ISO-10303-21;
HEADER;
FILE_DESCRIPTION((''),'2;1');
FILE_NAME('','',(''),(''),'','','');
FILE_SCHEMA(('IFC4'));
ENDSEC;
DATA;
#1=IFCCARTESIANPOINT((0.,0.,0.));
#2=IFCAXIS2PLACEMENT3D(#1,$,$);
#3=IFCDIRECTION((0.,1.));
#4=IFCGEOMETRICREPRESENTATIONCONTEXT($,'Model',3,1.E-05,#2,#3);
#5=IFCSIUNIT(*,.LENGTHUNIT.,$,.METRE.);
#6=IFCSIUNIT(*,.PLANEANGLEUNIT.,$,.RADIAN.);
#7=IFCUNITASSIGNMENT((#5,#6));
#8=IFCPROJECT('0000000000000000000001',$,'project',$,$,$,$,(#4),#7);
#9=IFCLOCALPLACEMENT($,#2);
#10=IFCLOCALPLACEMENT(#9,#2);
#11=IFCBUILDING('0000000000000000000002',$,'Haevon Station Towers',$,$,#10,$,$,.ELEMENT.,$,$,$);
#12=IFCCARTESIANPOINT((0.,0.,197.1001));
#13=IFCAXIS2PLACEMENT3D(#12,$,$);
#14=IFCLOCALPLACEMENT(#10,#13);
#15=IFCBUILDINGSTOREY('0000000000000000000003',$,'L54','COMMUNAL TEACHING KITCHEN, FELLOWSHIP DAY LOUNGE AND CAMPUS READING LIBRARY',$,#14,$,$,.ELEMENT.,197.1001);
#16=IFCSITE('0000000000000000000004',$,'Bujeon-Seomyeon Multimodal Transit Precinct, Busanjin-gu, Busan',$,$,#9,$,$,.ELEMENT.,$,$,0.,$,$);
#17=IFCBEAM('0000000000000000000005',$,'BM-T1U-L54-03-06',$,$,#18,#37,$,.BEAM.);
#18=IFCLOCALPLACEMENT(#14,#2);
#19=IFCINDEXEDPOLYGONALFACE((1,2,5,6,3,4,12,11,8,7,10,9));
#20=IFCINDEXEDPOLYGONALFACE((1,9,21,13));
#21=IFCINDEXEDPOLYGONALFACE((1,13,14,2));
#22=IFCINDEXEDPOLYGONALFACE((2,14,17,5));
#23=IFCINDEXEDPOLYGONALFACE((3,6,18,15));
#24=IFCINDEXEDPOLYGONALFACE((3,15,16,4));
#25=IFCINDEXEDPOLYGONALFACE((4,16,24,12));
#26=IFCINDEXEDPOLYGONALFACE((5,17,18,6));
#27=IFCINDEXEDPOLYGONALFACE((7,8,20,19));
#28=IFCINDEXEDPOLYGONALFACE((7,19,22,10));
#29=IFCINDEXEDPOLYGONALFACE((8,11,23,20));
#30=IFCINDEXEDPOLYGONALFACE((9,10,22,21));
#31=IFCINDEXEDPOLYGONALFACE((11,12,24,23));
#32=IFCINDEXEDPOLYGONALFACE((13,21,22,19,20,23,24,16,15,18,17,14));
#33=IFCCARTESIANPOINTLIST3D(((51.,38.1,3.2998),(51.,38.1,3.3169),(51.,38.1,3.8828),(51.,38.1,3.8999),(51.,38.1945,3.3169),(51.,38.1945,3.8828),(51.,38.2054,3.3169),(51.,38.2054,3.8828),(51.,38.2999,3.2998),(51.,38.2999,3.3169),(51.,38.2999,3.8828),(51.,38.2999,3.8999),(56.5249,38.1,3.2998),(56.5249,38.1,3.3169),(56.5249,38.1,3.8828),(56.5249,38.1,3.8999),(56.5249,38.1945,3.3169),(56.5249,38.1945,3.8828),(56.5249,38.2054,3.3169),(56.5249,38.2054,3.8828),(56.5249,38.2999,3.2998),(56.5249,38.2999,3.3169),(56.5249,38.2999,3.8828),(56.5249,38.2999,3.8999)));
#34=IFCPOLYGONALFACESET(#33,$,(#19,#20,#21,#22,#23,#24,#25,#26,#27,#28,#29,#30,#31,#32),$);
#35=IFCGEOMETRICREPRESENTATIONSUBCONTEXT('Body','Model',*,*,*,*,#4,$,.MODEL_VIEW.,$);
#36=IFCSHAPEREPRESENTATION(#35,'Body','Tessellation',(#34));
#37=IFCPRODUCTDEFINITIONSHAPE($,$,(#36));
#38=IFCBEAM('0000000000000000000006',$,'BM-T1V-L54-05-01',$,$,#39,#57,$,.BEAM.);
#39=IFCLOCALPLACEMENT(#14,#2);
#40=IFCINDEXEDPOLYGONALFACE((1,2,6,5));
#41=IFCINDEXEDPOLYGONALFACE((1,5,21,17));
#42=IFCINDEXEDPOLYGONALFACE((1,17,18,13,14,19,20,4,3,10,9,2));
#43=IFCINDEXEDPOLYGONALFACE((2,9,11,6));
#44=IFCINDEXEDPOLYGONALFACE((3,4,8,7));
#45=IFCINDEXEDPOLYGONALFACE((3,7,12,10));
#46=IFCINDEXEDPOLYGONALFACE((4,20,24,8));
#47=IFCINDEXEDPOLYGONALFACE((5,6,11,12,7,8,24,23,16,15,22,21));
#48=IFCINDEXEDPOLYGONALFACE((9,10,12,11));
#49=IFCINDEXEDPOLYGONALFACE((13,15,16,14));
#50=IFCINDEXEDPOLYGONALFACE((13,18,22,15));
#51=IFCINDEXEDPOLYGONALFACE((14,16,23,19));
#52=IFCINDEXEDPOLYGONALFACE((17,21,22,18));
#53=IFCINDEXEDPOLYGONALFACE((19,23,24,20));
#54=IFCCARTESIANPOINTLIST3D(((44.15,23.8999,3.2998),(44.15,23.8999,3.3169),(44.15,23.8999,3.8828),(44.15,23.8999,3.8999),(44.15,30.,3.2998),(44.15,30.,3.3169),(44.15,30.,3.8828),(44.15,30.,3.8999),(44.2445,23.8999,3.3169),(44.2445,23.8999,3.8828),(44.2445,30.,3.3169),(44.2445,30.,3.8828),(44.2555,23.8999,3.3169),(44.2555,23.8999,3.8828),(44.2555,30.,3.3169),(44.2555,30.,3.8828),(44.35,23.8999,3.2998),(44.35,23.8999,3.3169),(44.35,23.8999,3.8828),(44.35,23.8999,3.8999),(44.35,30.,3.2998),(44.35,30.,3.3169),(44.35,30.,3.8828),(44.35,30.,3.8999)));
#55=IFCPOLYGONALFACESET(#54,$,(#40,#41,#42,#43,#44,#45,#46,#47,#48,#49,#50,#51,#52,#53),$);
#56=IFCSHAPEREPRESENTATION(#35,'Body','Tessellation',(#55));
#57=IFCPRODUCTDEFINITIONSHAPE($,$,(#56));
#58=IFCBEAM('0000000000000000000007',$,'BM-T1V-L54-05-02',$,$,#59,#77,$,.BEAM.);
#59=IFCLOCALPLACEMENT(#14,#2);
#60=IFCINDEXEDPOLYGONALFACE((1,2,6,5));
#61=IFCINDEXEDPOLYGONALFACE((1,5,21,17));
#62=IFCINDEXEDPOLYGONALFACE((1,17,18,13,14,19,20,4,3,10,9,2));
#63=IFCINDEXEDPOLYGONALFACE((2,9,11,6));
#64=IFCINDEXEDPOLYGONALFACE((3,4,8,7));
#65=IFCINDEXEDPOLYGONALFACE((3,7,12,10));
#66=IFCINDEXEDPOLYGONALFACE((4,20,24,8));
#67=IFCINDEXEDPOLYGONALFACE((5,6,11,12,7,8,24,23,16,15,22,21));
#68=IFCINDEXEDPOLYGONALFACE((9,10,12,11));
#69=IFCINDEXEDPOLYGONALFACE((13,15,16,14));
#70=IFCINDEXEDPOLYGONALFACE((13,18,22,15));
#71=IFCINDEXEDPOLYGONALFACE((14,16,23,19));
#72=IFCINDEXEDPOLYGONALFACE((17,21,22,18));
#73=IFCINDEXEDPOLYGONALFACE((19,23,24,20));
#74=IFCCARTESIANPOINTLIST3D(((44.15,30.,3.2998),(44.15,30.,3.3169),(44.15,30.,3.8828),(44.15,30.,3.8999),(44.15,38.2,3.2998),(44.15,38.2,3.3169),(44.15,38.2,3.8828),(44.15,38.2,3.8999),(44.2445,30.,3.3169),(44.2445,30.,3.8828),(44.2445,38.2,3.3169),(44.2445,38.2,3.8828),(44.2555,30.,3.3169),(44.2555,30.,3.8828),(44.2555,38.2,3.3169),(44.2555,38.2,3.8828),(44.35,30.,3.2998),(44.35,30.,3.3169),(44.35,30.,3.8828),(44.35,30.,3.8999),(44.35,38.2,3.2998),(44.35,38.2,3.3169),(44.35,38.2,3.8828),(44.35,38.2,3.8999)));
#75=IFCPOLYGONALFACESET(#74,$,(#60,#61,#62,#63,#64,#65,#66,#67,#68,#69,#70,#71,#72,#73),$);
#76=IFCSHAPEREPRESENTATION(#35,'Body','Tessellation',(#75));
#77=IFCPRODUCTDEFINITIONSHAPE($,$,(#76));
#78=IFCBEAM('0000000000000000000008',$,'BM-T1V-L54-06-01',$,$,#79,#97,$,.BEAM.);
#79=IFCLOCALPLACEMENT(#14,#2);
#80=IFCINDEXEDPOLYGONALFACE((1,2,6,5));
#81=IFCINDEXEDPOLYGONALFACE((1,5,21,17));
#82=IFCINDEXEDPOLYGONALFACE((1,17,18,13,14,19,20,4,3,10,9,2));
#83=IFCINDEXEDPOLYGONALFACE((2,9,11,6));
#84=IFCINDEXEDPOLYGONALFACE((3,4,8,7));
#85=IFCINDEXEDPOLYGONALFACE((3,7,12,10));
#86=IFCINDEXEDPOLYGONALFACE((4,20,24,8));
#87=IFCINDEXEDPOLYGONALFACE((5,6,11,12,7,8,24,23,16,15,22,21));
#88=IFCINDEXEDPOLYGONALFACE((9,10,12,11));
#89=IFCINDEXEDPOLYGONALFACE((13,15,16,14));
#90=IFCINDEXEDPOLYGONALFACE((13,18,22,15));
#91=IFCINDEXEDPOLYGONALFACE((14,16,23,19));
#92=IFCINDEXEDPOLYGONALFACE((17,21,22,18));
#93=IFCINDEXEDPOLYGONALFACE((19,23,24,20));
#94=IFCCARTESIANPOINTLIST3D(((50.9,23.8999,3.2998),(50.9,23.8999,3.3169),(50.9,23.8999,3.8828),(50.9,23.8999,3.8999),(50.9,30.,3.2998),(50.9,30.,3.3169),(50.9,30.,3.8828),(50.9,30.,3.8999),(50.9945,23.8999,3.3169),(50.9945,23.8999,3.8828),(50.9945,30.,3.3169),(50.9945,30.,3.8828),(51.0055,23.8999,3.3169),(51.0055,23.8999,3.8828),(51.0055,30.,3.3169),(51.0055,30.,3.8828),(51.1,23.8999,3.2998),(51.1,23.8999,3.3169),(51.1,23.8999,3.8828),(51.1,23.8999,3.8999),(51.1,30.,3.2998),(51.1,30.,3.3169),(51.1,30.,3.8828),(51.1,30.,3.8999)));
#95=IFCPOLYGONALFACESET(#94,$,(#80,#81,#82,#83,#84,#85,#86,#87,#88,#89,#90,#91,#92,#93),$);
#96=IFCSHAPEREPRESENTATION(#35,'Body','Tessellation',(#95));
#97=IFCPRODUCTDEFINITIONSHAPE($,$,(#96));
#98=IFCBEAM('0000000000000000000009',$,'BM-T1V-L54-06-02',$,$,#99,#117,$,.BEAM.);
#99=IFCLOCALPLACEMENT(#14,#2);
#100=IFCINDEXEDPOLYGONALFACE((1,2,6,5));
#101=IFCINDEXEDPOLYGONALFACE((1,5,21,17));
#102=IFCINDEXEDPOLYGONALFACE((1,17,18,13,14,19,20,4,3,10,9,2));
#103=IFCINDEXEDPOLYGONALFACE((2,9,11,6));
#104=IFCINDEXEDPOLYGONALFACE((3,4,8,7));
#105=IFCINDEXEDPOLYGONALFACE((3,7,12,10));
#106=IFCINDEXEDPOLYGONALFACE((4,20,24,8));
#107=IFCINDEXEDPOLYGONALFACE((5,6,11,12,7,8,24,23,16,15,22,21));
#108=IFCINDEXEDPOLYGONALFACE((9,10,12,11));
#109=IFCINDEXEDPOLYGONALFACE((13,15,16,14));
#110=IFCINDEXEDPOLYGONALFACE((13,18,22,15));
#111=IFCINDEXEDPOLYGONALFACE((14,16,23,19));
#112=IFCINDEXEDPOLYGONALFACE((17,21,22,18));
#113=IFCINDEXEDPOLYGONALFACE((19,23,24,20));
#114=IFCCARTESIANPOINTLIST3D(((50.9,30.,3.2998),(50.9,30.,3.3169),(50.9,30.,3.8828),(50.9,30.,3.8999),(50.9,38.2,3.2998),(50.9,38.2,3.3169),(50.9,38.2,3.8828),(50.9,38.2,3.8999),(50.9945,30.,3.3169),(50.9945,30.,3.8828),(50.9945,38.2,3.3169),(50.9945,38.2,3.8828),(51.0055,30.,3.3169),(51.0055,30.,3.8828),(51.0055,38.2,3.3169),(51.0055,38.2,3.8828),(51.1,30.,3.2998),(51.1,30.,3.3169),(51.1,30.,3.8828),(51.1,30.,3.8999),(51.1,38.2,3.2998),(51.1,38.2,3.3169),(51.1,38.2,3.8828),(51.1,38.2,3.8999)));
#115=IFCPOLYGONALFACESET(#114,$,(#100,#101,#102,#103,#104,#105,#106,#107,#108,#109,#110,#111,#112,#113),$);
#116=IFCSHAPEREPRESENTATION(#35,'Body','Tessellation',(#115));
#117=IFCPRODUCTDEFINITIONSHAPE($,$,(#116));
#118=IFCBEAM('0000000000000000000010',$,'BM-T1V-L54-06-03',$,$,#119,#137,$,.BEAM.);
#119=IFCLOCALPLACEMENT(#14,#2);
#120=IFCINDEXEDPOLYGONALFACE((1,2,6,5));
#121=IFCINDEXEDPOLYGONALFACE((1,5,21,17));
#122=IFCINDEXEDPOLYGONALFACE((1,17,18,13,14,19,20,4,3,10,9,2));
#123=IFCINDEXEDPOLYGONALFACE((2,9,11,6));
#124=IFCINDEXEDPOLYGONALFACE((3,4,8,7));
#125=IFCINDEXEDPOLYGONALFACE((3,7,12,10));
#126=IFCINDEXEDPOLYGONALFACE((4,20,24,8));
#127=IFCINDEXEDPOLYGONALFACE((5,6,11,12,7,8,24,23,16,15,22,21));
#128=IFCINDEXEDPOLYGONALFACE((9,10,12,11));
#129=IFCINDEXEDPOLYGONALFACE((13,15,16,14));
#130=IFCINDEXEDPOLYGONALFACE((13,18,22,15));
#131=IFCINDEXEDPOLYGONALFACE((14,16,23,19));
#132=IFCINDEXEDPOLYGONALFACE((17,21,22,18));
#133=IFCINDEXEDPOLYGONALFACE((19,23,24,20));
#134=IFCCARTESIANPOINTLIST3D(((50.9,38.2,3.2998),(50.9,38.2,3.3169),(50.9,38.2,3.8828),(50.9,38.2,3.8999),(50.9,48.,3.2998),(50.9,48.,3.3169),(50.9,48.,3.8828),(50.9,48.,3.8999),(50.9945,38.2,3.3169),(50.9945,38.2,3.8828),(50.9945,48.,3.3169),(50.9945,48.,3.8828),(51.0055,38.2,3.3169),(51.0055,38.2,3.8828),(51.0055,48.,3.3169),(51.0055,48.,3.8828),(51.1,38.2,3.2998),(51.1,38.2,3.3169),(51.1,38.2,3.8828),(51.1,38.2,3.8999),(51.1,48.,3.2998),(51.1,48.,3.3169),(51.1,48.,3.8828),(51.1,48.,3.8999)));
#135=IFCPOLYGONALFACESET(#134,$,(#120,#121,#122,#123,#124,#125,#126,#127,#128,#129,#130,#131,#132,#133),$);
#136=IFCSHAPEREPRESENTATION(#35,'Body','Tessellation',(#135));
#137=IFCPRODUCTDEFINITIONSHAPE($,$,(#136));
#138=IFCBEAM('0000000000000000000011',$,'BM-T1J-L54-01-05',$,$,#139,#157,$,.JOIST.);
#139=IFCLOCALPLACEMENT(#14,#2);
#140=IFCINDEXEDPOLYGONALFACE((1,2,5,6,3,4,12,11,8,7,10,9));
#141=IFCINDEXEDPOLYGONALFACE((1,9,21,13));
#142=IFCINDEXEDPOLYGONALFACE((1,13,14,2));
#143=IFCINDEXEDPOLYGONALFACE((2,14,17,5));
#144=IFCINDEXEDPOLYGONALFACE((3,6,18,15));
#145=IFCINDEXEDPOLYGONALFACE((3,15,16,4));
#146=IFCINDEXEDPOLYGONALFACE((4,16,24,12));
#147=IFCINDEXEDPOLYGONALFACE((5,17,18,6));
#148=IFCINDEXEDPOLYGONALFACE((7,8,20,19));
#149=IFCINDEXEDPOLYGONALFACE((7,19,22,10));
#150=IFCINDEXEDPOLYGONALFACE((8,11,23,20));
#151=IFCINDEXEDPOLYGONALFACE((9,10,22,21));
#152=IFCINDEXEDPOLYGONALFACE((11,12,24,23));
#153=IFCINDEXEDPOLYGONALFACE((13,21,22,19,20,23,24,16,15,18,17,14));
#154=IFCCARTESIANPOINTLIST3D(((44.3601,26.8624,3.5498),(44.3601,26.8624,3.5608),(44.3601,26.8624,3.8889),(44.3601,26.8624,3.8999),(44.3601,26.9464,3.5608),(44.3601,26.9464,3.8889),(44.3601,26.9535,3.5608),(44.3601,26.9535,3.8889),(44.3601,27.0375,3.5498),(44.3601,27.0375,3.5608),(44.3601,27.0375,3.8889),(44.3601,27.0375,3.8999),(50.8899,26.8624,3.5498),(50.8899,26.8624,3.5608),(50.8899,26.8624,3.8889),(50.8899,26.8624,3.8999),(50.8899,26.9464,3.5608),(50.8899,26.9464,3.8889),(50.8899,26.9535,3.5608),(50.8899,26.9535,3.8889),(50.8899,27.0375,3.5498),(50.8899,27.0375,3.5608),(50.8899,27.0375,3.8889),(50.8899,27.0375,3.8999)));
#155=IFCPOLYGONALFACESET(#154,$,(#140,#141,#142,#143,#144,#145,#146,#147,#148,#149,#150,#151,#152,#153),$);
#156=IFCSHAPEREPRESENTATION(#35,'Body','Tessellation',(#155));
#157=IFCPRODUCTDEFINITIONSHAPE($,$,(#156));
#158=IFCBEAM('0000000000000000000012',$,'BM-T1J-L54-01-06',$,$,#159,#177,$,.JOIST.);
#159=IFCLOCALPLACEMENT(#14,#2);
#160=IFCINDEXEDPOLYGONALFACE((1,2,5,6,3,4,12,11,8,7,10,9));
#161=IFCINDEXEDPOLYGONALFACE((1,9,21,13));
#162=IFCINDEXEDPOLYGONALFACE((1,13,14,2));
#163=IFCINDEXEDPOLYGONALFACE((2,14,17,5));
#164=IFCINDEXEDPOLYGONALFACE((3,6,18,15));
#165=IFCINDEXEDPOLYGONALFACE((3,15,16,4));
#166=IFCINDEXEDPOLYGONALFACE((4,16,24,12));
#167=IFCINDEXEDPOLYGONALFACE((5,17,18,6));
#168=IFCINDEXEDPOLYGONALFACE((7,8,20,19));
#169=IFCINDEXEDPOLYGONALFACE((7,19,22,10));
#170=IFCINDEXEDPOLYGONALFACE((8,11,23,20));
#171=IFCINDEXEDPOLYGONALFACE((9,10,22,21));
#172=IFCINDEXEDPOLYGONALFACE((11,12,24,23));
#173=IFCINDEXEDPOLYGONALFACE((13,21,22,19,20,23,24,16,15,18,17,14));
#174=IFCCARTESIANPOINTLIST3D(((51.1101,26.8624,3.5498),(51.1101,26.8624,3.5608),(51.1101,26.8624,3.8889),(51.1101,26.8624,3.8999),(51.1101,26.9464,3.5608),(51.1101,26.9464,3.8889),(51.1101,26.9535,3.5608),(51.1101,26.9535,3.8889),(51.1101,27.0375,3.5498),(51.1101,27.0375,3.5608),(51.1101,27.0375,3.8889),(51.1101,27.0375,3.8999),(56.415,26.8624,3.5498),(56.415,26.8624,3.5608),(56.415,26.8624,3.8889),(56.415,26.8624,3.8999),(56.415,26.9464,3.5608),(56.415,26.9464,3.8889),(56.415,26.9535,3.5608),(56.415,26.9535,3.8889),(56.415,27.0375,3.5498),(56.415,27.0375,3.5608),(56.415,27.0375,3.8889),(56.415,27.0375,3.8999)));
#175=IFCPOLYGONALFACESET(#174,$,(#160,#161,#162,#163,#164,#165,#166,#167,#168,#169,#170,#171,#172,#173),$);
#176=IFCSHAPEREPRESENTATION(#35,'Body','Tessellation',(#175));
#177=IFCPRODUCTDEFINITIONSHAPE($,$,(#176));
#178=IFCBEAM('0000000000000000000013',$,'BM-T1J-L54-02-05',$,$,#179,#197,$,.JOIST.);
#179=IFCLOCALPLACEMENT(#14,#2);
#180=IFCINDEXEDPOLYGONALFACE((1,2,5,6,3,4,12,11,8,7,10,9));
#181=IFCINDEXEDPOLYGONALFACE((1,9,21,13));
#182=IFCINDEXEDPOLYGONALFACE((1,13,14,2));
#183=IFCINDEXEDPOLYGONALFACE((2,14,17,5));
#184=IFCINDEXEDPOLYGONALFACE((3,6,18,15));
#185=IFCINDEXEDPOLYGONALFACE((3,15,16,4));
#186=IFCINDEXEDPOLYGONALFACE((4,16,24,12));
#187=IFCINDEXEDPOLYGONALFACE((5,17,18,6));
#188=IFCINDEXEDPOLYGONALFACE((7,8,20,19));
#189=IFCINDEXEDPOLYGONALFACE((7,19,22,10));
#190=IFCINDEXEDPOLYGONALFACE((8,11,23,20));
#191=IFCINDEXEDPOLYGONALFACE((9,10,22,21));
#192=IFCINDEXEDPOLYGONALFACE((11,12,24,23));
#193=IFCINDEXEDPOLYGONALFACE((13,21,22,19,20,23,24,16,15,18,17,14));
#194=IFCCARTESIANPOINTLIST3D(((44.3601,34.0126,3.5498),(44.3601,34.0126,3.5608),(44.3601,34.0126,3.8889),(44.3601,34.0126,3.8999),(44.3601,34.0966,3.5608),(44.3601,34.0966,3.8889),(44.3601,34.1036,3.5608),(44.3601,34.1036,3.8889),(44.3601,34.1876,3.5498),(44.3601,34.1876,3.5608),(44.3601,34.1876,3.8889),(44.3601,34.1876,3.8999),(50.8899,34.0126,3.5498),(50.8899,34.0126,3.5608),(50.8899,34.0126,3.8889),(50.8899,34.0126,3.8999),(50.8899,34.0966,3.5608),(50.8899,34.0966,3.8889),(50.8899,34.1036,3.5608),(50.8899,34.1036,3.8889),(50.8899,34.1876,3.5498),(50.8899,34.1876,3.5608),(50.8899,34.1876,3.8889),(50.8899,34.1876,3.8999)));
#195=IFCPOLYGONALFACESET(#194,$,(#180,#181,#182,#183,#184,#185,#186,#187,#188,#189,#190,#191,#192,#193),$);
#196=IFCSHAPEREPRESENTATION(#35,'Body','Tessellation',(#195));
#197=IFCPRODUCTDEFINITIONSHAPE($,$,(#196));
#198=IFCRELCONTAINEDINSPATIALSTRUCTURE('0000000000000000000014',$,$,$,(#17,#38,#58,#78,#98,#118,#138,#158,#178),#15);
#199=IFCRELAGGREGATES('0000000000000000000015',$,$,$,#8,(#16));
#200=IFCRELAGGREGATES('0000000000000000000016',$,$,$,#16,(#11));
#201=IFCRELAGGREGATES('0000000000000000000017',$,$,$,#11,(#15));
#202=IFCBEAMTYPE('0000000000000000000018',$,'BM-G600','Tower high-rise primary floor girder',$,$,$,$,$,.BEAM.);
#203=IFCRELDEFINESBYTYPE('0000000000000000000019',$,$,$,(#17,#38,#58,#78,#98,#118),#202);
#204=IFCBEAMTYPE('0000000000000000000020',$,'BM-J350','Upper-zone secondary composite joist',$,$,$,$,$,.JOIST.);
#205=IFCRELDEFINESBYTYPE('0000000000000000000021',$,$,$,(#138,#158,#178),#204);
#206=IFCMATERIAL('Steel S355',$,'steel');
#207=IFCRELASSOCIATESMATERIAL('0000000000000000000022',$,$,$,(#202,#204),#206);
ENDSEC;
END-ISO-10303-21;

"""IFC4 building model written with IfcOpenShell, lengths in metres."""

from ifc_helpers import new_model, si_unit, direction, frame, origin, origin_2d, place, context, subcontext, project, spatial, i_section, extrude, material, material_profile, profile_set, type_object, element, save


model = new_model("IFC4")

# Units and contexts
model_context = context("Model", 3, precision=1e-05, world=origin(), true_north=direction((0.0, 1.0)))
body_context = subcontext(model_context, "Body", "Model", "MODEL_VIEW")
ifc_project = project(units=[si_unit("LENGTHUNIT", "METRE"), si_unit("PLANEANGLEUNIT", "RADIAN")], contexts=[model_context])

# Site, building, storey
site_placement = place(None, origin())
site = spatial("IfcSite", under=ifc_project, at=site_placement, Name="Bujeon-Seomyeon Multimodal Transit Precinct, Busanjin-gu, Busan", CompositionType="ELEMENT", RefElevation=0.0)
building_placement = place(site_placement, origin())
building = spatial("IfcBuilding", under=site, at=building_placement, Name="Haevon Station Towers", CompositionType="ELEMENT")
storey_placement = place(building_placement, frame((0.0, 0.0, 197.1001)))
storey = spatial("IfcBuildingStorey", under=building, at=storey_placement, Name="L54", Description="COMMUNAL TEACHING KITCHEN, FELLOWSHIP DAY LOUNGE AND CAMPUS READING LIBRARY", CompositionType="ELEMENT", Elevation=197.1001)

# Shared definitions
ifc_material_1 = material(Name="Steel S355", Category="steel")

# Beams
ifc_material_profile_1 = material_profile(ifc_material_1, i_section(OverallWidth=0.2, OverallDepth=0.6001, WebThickness=0.011, FlangeThickness=0.0171, at=origin_2d()), Name="H-600x200x11x17")
ifc_profile_set_1 = profile_set([ifc_material_profile_1], Name="Steel S355")
beam_type_1 = type_object("IfcBeamType", Name="BM-G600", Description="Tower high-rise primary floor girder", PredefinedType="BEAM", material=ifc_profile_set_1)
beam_1_placement = place(storey_placement, frame((51.0, 38.2, 3.5999), z_axis=(1.0, 0.0, 0.0), x_axis=(0.0, 1.0, 0.0)))
element("IfcBeam", 1, at=beam_1_placement, inside=storey, type_object=beam_type_1, Name="BM-T1U-L54-03-06", PredefinedType="BEAM", context=body_context, shape_type="SweptSolid", body=[
    extrude(i_section(OverallWidth=0.2, OverallDepth=0.6001, WebThickness=0.011, FlangeThickness=0.0171, at=origin_2d()), origin(), (0.0, 0.0, 1.0), 5.5249),
])
beam_2_placement = place(storey_placement, frame((44.25, 23.8999, 3.5999), z_axis=(0.0, 1.0, 0.0), x_axis=(-1.0, 0.0, 0.0)))
element("IfcBeam", 2, at=beam_2_placement, inside=storey, type_object=beam_type_1, Name="BM-T1V-L54-05-01", PredefinedType="BEAM", context=body_context, shape_type="SweptSolid", body=[
    extrude(i_section(OverallWidth=0.2, OverallDepth=0.6001, WebThickness=0.011, FlangeThickness=0.0171, at=origin_2d()), origin(), (0.0, 0.0, 1.0), 6.1001),
])
beam_3_placement = place(storey_placement, frame((44.25, 30.0, 3.5999), z_axis=(0.0, 1.0, 0.0), x_axis=(-1.0, 0.0, 0.0)))
element("IfcBeam", 3, at=beam_3_placement, inside=storey, type_object=beam_type_1, Name="BM-T1V-L54-05-02", PredefinedType="BEAM", context=body_context, shape_type="SweptSolid", body=[
    extrude(i_section(OverallWidth=0.2, OverallDepth=0.6001, WebThickness=0.011, FlangeThickness=0.0171, at=origin_2d()), origin(), (0.0, 0.0, 1.0), 8.2),
])
beam_4_placement = place(storey_placement, frame((51.0, 23.8999, 3.5999), z_axis=(0.0, 1.0, 0.0), x_axis=(-1.0, 0.0, 0.0)))
element("IfcBeam", 4, at=beam_4_placement, inside=storey, type_object=beam_type_1, Name="BM-T1V-L54-06-01", PredefinedType="BEAM", context=body_context, shape_type="SweptSolid", body=[
    extrude(i_section(OverallWidth=0.2, OverallDepth=0.6001, WebThickness=0.011, FlangeThickness=0.0171, at=origin_2d()), origin(), (0.0, 0.0, 1.0), 6.1001),
])
beam_5_placement = place(storey_placement, frame((51.0, 30.0, 3.5999), z_axis=(0.0, 1.0, 0.0), x_axis=(-1.0, 0.0, 0.0)))
element("IfcBeam", 5, at=beam_5_placement, inside=storey, type_object=beam_type_1, Name="BM-T1V-L54-06-02", PredefinedType="BEAM", context=body_context, shape_type="SweptSolid", body=[
    extrude(i_section(OverallWidth=0.2, OverallDepth=0.6001, WebThickness=0.011, FlangeThickness=0.0171, at=origin_2d()), origin(), (0.0, 0.0, 1.0), 8.2),
])
beam_6_placement = place(storey_placement, frame((51.0, 38.2, 3.5999), z_axis=(0.0, 1.0, 0.0), x_axis=(-1.0, 0.0, 0.0)))
element("IfcBeam", 6, at=beam_6_placement, inside=storey, type_object=beam_type_1, Name="BM-T1V-L54-06-03", PredefinedType="BEAM", context=body_context, shape_type="SweptSolid", body=[
    extrude(i_section(OverallWidth=0.2, OverallDepth=0.6001, WebThickness=0.011, FlangeThickness=0.0171, at=origin_2d()), origin(), (0.0, 0.0, 1.0), 9.8),
])
ifc_material_profile_2 = material_profile(ifc_material_1, i_section(OverallWidth=0.175, OverallDepth=0.3501, WebThickness=0.0071, FlangeThickness=0.011, at=origin_2d()), Name="H-350x175x7x11")
ifc_profile_set_2 = profile_set([ifc_material_profile_2], Name="Steel S355")
beam_type_2 = type_object("IfcBeamType", Name="BM-J350", Description="Upper-zone secondary composite joist", PredefinedType="JOIST", material=ifc_profile_set_2)
beam_7_placement = place(storey_placement, frame((44.3601, 26.95, 3.7249), z_axis=(1.0, 0.0, 0.0), x_axis=(0.0, 1.0, 0.0)))
element("IfcBeam", 7, at=beam_7_placement, inside=storey, type_object=beam_type_2, Name="BM-T1J-L54-01-05", PredefinedType="JOIST", context=body_context, shape_type="SweptSolid", body=[
    extrude(i_section(OverallWidth=0.175, OverallDepth=0.3501, WebThickness=0.0071, FlangeThickness=0.011, at=origin_2d()), origin(), (0.0, 0.0, 1.0), 6.5298),
])
beam_8_placement = place(storey_placement, frame((51.1101, 26.95, 3.7249), z_axis=(1.0, 0.0, 0.0), x_axis=(0.0, 1.0, 0.0)))
element("IfcBeam", 8, at=beam_8_placement, inside=storey, type_object=beam_type_2, Name="BM-T1J-L54-01-06", PredefinedType="JOIST", context=body_context, shape_type="SweptSolid", body=[
    extrude(i_section(OverallWidth=0.175, OverallDepth=0.3501, WebThickness=0.0071, FlangeThickness=0.011, at=origin_2d()), origin(), (0.0, 0.0, 1.0), 5.3049),
])
beam_9_placement = place(storey_placement, frame((44.3601, 34.1001, 3.7249), z_axis=(1.0, 0.0, 0.0), x_axis=(0.0, 1.0, 0.0)))
element("IfcBeam", 9, at=beam_9_placement, inside=storey, type_object=beam_type_2, Name="BM-T1J-L54-02-05", PredefinedType="JOIST", context=body_context, shape_type="SweptSolid", body=[
    extrude(i_section(OverallWidth=0.175, OverallDepth=0.3501, WebThickness=0.0071, FlangeThickness=0.011, at=origin_2d()), origin(), (0.0, 0.0, 1.0), 6.5298),
])

save(model, "model.ifc")
